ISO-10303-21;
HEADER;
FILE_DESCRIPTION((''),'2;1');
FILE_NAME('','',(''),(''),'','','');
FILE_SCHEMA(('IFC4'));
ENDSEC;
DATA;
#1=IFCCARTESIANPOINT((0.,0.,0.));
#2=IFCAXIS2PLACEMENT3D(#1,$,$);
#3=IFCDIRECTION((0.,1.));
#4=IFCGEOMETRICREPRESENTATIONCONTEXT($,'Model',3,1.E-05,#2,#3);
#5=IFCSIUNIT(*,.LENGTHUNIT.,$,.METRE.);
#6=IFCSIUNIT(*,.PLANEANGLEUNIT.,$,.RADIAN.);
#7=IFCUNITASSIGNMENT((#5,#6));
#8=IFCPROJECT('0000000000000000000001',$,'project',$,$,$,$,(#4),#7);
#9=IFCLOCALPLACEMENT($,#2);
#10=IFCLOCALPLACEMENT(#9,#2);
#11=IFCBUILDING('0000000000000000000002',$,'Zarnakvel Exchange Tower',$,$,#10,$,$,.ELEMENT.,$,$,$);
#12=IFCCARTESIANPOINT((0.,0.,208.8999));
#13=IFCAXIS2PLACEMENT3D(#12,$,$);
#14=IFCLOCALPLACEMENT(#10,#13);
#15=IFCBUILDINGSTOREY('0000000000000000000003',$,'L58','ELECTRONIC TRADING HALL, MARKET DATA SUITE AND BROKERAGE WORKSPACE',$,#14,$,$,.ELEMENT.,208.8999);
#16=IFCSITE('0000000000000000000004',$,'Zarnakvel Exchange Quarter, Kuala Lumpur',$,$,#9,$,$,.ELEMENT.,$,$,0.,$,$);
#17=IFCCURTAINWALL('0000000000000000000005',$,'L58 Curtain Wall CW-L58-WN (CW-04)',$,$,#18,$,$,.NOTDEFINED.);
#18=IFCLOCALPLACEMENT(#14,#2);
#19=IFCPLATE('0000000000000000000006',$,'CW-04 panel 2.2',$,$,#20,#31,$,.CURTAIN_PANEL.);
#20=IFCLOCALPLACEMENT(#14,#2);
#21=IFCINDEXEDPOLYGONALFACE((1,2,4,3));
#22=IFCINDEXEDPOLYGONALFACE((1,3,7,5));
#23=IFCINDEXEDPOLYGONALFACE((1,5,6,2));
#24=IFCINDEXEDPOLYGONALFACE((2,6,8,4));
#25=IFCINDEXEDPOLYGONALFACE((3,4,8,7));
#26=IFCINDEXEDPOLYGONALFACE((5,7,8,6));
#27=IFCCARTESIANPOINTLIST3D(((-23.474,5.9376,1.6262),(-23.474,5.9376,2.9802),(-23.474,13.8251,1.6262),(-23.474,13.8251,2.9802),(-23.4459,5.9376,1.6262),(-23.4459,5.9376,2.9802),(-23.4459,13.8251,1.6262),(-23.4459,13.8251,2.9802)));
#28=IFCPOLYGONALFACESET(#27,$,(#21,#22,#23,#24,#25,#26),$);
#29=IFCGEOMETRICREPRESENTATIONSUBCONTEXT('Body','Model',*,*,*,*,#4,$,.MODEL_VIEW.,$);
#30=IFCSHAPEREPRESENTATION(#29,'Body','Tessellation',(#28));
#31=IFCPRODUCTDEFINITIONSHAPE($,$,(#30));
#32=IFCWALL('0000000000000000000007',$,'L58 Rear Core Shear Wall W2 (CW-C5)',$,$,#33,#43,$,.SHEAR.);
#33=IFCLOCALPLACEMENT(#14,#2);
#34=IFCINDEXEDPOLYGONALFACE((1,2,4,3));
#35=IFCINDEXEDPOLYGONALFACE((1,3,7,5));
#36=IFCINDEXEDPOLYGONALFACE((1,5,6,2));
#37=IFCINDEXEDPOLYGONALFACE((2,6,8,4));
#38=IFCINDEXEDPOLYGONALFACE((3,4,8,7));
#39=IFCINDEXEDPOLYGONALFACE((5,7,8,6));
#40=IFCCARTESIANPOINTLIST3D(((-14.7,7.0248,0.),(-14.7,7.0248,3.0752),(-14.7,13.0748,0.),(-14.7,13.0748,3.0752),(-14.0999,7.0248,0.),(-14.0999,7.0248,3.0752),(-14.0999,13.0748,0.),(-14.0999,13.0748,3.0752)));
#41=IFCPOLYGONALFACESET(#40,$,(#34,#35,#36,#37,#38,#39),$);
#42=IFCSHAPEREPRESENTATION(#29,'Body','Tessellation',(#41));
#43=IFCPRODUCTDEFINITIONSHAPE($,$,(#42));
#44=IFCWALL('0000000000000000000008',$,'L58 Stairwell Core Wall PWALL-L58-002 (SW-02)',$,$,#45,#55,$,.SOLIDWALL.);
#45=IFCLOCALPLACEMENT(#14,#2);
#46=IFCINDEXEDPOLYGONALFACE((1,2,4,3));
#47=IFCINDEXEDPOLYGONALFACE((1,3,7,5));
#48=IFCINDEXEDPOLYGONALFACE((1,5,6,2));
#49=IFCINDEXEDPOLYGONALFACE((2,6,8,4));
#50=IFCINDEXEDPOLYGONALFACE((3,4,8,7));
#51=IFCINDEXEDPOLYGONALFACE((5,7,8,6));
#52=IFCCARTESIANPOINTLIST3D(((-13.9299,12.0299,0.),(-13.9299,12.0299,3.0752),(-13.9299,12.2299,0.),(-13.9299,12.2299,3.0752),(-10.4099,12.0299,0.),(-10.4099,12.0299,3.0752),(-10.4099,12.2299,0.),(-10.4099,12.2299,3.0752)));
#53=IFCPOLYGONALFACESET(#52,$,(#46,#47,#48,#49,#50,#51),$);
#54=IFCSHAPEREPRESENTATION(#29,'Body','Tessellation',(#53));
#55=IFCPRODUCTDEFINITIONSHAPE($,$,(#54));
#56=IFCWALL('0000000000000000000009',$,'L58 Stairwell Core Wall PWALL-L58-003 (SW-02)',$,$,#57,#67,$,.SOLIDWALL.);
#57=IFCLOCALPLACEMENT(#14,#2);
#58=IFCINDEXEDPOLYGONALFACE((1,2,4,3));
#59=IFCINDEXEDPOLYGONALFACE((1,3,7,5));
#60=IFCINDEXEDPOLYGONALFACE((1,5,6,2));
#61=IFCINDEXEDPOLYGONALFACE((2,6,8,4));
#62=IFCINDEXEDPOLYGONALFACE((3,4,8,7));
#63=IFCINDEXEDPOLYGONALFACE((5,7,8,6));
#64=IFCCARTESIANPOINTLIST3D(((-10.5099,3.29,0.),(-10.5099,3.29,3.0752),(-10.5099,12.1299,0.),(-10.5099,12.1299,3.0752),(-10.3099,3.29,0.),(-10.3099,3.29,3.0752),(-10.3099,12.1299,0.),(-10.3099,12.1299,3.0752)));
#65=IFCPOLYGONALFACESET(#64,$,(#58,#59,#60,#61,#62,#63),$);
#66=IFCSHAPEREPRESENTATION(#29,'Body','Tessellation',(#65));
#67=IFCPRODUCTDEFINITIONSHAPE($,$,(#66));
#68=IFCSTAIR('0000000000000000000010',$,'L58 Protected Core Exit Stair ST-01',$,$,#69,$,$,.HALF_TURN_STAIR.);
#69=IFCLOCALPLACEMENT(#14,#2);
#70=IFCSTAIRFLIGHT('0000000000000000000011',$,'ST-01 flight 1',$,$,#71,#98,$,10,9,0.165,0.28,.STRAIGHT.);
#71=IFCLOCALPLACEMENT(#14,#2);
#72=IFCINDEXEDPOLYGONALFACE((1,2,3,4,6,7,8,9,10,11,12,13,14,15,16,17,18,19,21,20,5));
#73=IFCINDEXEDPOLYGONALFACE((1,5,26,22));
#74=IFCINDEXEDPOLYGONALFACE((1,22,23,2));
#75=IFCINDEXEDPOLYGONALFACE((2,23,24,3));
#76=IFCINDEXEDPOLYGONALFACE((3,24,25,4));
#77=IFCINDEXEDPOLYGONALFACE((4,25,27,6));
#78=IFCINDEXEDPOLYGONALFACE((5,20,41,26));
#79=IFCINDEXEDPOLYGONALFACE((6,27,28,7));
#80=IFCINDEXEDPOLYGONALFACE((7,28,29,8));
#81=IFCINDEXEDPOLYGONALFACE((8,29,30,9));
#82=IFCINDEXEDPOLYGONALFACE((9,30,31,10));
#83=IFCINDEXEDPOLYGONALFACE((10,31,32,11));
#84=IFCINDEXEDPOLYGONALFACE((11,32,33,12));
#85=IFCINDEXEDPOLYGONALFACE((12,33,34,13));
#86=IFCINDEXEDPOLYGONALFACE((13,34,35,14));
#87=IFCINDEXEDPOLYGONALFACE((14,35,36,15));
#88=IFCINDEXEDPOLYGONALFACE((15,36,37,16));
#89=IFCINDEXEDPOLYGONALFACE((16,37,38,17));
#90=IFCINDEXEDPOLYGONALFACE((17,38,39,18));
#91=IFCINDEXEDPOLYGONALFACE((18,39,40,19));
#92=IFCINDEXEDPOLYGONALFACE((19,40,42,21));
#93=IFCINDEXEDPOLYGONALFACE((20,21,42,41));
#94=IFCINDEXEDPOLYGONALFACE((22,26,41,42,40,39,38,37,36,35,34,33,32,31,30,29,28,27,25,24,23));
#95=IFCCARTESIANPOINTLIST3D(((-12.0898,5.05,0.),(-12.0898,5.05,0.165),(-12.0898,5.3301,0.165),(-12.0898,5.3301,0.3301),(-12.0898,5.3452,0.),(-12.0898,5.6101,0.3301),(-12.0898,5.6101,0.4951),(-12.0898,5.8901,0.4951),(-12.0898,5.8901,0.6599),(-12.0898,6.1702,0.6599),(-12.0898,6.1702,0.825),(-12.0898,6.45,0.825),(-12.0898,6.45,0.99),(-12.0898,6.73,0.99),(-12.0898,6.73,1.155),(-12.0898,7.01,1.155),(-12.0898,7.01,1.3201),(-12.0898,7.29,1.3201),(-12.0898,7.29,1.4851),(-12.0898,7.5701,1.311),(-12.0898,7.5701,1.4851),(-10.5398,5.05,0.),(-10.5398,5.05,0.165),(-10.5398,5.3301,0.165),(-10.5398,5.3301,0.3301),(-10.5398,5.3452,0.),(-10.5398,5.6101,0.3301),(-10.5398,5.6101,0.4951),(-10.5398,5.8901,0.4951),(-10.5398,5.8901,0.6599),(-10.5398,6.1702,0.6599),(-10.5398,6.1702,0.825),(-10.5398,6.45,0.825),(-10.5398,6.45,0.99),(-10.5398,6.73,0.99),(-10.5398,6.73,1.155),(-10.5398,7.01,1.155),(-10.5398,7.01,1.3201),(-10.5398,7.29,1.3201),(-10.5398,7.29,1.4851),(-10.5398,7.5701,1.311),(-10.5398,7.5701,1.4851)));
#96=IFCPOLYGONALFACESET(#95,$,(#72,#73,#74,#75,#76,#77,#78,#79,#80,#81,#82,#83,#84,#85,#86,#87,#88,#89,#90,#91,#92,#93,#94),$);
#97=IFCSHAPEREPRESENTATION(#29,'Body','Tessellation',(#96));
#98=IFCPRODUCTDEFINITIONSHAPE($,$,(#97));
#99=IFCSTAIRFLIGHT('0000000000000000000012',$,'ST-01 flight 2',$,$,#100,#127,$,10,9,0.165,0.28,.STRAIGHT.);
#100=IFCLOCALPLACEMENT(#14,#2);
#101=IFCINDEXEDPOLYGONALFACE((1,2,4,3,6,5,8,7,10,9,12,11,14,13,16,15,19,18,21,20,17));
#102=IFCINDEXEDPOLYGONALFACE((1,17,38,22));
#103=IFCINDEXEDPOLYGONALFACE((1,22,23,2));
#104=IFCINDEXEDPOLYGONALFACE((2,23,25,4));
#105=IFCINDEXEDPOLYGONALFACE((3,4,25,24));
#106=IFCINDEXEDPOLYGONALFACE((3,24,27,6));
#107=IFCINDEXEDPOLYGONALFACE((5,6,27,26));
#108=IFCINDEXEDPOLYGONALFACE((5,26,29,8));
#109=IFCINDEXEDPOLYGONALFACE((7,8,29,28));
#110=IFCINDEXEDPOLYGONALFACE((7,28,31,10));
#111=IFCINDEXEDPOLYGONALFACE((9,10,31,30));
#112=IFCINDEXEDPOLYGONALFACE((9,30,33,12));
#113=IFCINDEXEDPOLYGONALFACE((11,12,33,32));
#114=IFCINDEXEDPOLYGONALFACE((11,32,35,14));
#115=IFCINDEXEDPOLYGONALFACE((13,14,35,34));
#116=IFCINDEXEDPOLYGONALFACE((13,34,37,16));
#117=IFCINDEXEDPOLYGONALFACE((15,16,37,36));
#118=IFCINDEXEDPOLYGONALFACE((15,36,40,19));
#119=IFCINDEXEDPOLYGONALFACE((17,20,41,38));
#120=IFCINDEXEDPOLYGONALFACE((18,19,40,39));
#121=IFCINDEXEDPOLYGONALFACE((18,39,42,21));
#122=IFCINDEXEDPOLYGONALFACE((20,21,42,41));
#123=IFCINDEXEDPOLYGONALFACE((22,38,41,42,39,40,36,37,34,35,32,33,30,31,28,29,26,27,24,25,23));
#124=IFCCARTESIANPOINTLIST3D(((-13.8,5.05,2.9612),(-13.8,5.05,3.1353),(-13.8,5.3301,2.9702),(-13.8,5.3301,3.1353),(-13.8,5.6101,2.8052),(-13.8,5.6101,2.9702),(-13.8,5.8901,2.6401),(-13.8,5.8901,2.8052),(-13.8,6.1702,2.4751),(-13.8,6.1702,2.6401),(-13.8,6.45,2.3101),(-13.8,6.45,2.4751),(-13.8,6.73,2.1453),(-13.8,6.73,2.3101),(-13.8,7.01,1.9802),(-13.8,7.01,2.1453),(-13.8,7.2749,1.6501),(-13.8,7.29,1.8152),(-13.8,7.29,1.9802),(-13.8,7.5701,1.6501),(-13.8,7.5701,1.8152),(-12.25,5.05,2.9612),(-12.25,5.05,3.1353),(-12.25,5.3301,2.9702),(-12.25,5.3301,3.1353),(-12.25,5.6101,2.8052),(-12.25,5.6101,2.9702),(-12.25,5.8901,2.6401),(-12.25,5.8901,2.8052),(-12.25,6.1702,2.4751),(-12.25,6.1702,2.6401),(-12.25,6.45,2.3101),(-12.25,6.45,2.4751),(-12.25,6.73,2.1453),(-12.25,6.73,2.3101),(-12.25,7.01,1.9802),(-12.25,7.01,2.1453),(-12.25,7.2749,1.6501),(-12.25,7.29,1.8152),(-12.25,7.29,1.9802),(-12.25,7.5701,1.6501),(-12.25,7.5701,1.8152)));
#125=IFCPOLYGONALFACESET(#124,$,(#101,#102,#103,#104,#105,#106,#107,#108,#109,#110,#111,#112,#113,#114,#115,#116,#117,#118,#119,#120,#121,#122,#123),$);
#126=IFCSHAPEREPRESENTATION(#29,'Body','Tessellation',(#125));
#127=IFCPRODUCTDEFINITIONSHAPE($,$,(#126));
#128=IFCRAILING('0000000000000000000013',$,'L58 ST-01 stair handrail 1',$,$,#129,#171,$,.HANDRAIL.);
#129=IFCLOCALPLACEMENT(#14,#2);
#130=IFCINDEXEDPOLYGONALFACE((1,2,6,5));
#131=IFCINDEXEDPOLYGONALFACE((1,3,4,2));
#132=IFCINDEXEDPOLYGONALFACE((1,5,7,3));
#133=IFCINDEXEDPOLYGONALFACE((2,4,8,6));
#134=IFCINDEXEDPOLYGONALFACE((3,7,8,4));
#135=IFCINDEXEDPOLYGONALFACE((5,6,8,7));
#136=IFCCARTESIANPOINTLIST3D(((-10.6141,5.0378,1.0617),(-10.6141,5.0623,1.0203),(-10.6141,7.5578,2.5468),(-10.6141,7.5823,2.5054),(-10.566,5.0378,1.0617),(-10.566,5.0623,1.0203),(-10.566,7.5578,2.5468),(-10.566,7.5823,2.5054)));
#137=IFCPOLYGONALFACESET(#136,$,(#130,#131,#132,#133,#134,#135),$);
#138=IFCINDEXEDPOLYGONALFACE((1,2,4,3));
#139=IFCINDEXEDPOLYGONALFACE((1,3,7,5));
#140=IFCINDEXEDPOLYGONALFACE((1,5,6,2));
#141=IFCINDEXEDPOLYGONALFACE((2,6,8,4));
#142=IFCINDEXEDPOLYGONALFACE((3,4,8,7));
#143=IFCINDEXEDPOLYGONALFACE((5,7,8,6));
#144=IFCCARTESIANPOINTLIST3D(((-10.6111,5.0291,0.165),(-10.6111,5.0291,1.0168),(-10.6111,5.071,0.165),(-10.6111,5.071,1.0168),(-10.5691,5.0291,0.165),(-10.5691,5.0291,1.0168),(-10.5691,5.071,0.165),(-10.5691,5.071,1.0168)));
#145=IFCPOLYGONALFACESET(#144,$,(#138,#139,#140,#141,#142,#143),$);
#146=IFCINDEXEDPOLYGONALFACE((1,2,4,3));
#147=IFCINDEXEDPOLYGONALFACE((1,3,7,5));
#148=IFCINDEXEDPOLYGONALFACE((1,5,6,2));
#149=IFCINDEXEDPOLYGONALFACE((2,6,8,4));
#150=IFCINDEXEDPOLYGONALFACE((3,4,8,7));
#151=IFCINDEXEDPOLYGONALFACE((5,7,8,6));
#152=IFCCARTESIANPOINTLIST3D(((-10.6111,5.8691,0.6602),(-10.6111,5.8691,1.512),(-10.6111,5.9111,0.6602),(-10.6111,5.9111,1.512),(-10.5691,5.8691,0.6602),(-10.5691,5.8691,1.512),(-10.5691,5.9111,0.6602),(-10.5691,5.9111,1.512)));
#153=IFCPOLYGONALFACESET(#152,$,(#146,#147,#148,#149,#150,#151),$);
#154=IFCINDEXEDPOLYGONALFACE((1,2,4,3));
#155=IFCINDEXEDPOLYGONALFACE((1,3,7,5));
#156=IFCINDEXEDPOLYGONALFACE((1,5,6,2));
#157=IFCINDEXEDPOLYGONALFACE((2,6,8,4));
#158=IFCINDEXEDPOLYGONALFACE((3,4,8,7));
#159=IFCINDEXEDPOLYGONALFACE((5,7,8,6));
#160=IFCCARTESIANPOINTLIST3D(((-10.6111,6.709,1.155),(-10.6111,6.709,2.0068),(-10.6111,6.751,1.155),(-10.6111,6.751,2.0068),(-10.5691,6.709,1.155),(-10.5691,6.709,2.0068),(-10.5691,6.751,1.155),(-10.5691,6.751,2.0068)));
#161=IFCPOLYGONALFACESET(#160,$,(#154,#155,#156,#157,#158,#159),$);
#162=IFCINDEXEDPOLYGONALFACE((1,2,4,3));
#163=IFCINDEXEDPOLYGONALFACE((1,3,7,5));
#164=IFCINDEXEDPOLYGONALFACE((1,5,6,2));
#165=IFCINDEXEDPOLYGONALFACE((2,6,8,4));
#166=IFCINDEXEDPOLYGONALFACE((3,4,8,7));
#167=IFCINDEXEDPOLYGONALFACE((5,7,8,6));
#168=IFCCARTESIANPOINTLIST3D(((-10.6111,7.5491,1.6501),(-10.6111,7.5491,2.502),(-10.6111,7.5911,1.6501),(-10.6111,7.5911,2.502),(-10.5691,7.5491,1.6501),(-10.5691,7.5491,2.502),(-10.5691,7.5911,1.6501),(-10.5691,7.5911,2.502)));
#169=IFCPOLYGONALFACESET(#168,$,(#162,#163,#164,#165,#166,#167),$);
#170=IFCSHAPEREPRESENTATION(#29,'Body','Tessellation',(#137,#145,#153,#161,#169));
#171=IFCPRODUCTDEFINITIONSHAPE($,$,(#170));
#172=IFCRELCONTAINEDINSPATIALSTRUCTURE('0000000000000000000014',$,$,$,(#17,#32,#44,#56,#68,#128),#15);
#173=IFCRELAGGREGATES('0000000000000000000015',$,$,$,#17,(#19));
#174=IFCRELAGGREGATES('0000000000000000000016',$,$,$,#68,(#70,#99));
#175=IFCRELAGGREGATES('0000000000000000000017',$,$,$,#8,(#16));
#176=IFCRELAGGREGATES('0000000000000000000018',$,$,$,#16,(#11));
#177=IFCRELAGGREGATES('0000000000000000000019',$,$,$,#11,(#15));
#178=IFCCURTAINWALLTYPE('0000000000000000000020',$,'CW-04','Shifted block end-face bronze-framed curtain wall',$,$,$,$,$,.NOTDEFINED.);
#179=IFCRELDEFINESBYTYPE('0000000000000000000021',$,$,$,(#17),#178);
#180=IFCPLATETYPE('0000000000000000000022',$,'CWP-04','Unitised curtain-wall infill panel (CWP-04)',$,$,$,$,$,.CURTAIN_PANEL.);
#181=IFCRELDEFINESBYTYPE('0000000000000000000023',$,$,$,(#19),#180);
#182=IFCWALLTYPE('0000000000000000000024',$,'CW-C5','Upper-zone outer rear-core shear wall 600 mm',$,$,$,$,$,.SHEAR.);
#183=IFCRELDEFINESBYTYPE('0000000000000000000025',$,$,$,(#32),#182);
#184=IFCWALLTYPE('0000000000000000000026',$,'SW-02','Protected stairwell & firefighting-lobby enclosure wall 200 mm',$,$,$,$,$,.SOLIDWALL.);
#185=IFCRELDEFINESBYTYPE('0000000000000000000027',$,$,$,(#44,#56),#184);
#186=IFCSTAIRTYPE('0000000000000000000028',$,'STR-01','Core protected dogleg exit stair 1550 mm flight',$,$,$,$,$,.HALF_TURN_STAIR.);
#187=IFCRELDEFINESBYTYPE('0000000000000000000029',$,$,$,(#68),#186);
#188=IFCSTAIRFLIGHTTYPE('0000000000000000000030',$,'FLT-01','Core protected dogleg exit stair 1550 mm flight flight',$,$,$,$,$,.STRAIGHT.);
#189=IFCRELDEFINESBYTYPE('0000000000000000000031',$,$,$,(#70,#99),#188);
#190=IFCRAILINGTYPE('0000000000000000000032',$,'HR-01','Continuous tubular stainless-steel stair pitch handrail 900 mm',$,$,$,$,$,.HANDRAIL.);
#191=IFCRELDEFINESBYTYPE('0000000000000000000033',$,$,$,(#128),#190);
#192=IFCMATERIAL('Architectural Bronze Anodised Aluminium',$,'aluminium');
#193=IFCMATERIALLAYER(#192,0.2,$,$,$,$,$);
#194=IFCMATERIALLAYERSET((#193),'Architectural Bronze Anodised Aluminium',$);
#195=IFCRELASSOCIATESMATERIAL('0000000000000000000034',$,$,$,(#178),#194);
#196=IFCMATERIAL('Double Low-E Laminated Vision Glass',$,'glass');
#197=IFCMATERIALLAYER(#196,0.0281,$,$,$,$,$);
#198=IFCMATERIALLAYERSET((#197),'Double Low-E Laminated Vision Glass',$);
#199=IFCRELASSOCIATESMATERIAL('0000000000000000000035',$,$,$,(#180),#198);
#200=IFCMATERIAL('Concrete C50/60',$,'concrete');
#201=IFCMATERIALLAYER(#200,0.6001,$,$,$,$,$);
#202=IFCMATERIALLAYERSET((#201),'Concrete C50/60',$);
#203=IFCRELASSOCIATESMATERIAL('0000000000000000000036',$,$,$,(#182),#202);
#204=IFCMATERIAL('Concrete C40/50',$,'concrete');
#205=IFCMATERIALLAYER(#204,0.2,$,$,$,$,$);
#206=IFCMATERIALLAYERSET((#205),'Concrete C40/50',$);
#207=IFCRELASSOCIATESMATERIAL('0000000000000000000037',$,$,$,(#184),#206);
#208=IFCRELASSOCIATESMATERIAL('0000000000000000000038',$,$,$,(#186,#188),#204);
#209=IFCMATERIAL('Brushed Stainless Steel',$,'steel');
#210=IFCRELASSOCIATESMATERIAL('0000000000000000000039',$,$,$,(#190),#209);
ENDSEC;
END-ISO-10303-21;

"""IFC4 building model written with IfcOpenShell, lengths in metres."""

from ifc_helpers import new_model, si_unit, direction, frame, frame_2d, origin, origin_2d, place, context, subcontext, project, spatial, polyline, rectangle, outline, extrude, source, transform, mapped, material, layer, layer_set, type_object, element, aggregate, save


model = new_model("IFC4")

# Units and contexts
model_context = context("Model", 3, precision=1e-05, world=origin(), true_north=direction((0.0, 1.0)))
body_context = subcontext(model_context, "Body", "Model", "MODEL_VIEW")
ifc_project = project(units=[si_unit("LENGTHUNIT", "METRE"), si_unit("PLANEANGLEUNIT", "RADIAN")], contexts=[model_context])

# Site, building, storey
site_placement = place(None, origin())
site = spatial("IfcSite", under=ifc_project, at=site_placement, Name="Zarnakvel Exchange Quarter, Kuala Lumpur", CompositionType="ELEMENT", RefElevation=0.0)
building_placement = place(site_placement, origin())
building = spatial("IfcBuilding", under=site, at=building_placement, Name="Zarnakvel Exchange Tower", CompositionType="ELEMENT")
storey_placement = place(building_placement, frame((0.0, 0.0, 208.8999)))
storey = spatial("IfcBuildingStorey", under=building, at=storey_placement, Name="L58", Description="ELECTRONIC TRADING HALL, MARKET DATA SUITE AND BROKERAGE WORKSPACE", CompositionType="ELEMENT", Elevation=208.8999)

# Shared definitions
ifc_material_1 = material(Name="Concrete C50/60", Category="concrete")

# Curtain wall, plate
ifc_material_2 = material(Name="Architectural Bronze Anodised Aluminium", Category="aluminium")
ifc_layer_1 = layer(ifc_material_2, 0.2)
ifc_layer_set_1 = layer_set([ifc_layer_1], Name="Architectural Bronze Anodised Aluminium")
curtain_wall_type = type_object("IfcCurtainWallType", Name="CW-04", Description="Shifted block end-face bronze-framed curtain wall", PredefinedType="NOTDEFINED", material=ifc_layer_set_1)
curtain_wall_placement = place(storey_placement, origin())
curtain_wall = element("IfcCurtainWall", 1, at=curtain_wall_placement, inside=storey, type_object=curtain_wall_type, Name="L58 Curtain Wall CW-L58-WN (CW-04)", PredefinedType="NOTDEFINED")
ifc_material_3 = material(Name="Double Low-E Laminated Vision Glass", Category="glass")
ifc_layer_2 = layer(ifc_material_3, 0.0281)
ifc_layer_set_2 = layer_set([ifc_layer_2], Name="Double Low-E Laminated Vision Glass")
plate_type = type_object("IfcPlateType", Name="CWP-04", Description="Unitised curtain-wall infill panel (CWP-04)", PredefinedType="CURTAIN_PANEL", material=ifc_layer_set_2)
shared_shape_1 = source(origin(), body_context, "Body", "SweptSolid", [
    extrude(rectangle(XDim=7.8875, YDim=0.0281, at=origin_2d()), origin(), (0.0, 0.0, 1.0), 1.354),
])
plate_1_placement = place(storey_placement, frame((-23.46, 9.8813, 1.6262), z_axis=(0.0, 0.0, 1.0), x_axis=(0.0, 1.0, 0.0)))
plate_1 = element("IfcPlate", 2, at=plate_1_placement, type_object=plate_type, Name="CW-04 panel 2.2", PredefinedType="CURTAIN_PANEL", context=body_context, shape_type="MappedRepresentation", body=[
    mapped(shared_shape_1, transform((0.0, 0.0, 0.0), x_axis=(1.0, 0.0, 0.0), y_axis=(0.0, 1.0, 0.0), z_axis=(0.0, 0.0, 1.0), scale=1.0)),
])
aggregate(curtain_wall, [plate_1])

# Wall
ifc_layer_3 = layer(ifc_material_1, 0.6001)
ifc_layer_set_3 = layer_set([ifc_layer_3], Name="Concrete C50/60")
wall_type_1 = type_object("IfcWallType", Name="CW-C5", Description="Upper-zone outer rear-core shear wall 600 mm", PredefinedType="SHEAR", material=ifc_layer_set_3)
wall_1_placement = place(storey_placement, frame((-14.3999, 7.0249, 0.0), z_axis=(0.0, 0.0, 1.0), x_axis=(0.0, 1.0, 0.0)))
element("IfcWall", 3, at=wall_1_placement, inside=storey, type_object=wall_type_1, Name="L58 Rear Core Shear Wall W2 (CW-C5)", PredefinedType="SHEAR", context=body_context, shape_type="SweptSolid", body=[
    extrude(rectangle(XDim=6.05, YDim=0.6001, at=frame_2d((3.0249, 0.0))), origin(), (0.0, 0.0, 1.0), 3.0752),
])

# Shared definitions
ifc_material_4 = material(Name="Concrete C40/50", Category="concrete")
ifc_layer_4 = layer(ifc_material_4, 0.2)
ifc_layer_set_4 = layer_set([ifc_layer_4], Name="Concrete C40/50")
wall_type_2 = type_object("IfcWallType", Name="SW-02", Description="Protected stairwell & firefighting-lobby enclosure wall 200 mm", PredefinedType="SOLIDWALL", material=ifc_layer_set_4)

# Walls
wall_2_placement = place(storey_placement, frame((-13.9299, 12.1299, 0.0), z_axis=(0.0, 0.0, 1.0), x_axis=(1.0, 0.0, 0.0)))
element("IfcWall", 4, at=wall_2_placement, inside=storey, type_object=wall_type_2, Name="L58 Stairwell Core Wall PWALL-L58-002 (SW-02)", PredefinedType="SOLIDWALL", context=body_context, shape_type="SweptSolid", body=[
    extrude(rectangle(XDim=3.52, YDim=0.2, at=frame_2d((1.76, 0.0))), origin(), (0.0, 0.0, 1.0), 3.0752),
])
wall_3_placement = place(storey_placement, frame((-10.4099, 12.1299, 0.0), z_axis=(0.0, 0.0, 1.0), x_axis=(0.0, -1.0, 0.0)))
element("IfcWall", 5, at=wall_3_placement, inside=storey, type_object=wall_type_2, Name="L58 Stairwell Core Wall PWALL-L58-003 (SW-02)", PredefinedType="SOLIDWALL", context=body_context, shape_type="SweptSolid", body=[
    extrude(rectangle(XDim=8.8398, YDim=0.2, at=frame_2d((4.4199, 0.0))), origin(), (0.0, 0.0, 1.0), 3.0752),
])

# Stair, stair flights
stair_type = type_object("IfcStairType", Name="STR-01", Description="Core protected dogleg exit stair 1550 mm flight", PredefinedType="HALF_TURN_STAIR", material=ifc_material_4)
stair_placement = place(storey_placement, origin())
stair = element("IfcStair", 6, at=stair_placement, inside=storey, type_object=stair_type, Name="L58 Protected Core Exit Stair ST-01", PredefinedType="HALF_TURN_STAIR")
stair_flight_type = type_object("IfcStairFlightType", Name="FLT-01", Description="Core protected dogleg exit stair 1550 mm flight flight", PredefinedType="STRAIGHT", material=ifc_material_4)
stair_flight_1_placement = place(storey_placement, frame((-11.3149, 5.05, 0.0), z_axis=(0.0, 0.0, 1.0), x_axis=(0.0, 1.0, 0.0)))
stair_flight_1 = element("IfcStairFlight", 7, at=stair_flight_1_placement, type_object=stair_flight_type, Name="ST-01 flight 1", NumberOfRisers=10, NumberOfTreads=9, PredefinedType="STRAIGHT", RiserHeight=0.165, TreadLength=0.28, context=body_context, shape_type="SweptSolid", body=[
    extrude(outline(polyline([(0.0, 0.0), (0.0, 0.165), (0.28, 0.165), (0.28, 0.3301), (0.5601, 0.3301), (0.5601, 0.4951), (0.8401, 0.4951), (0.8401, 0.6599), (1.1201, 0.6599), (1.1201, 0.825), (1.3999, 0.825), (1.3999, 0.99), (1.6799, 0.99), (1.6799, 1.155), (1.96, 1.155), (1.96, 1.3201), (2.24, 1.3201), (2.24, 1.4851), (2.52, 1.4851), (2.52, 1.6499), (2.52, 1.311), (0.2952, 0.0), (0.0, 0.0)])), frame((0.0, 0.7749, 0.0), z_axis=(0.0, -1.0, 0.0), x_axis=(1.0, 0.0, 0.0)), (0.0, 0.0, 1.0), 1.55),
])
stair_flight_2_placement = place(storey_placement, frame((-13.0249, 7.5701, 1.6501), z_axis=(0.0, 0.0, 1.0), x_axis=(0.0, -1.0, 0.0)))
stair_flight_2 = element("IfcStairFlight", 8, at=stair_flight_2_placement, type_object=stair_flight_type, Name="ST-01 flight 2", NumberOfRisers=10, NumberOfTreads=9, PredefinedType="STRAIGHT", RiserHeight=0.165, TreadLength=0.28, context=body_context, shape_type="SweptSolid", body=[
    extrude(outline(polyline([(0.0, 0.0), (0.0, 0.165), (0.28, 0.165), (0.28, 0.3301), (0.5601, 0.3301), (0.5601, 0.4951), (0.8401, 0.4951), (0.8401, 0.6599), (1.1201, 0.6599), (1.1201, 0.825), (1.3999, 0.825), (1.3999, 0.99), (1.6799, 0.99), (1.6799, 1.155), (1.96, 1.155), (1.96, 1.3201), (2.24, 1.3201), (2.24, 1.4851), (2.52, 1.4851), (2.52, 1.6499), (2.52, 1.311), (0.2952, 0.0), (0.0, 0.0)])), frame((0.0, 0.7749, 0.0), z_axis=(0.0, -1.0, 0.0), x_axis=(1.0, 0.0, 0.0)), (0.0, 0.0, 1.0), 1.55),
])
aggregate(stair, [stair_flight_1, stair_flight_2])

# Railing
ifc_material_5 = material(Name="Brushed Stainless Steel", Category="steel")
railing_type_1 = type_object("IfcRailingType", Name="HR-01", Description="Continuous tubular stainless-steel stair pitch handrail 900 mm", PredefinedType="HANDRAIL", material=ifc_material_5)
railing_1_placement = place(storey_placement, frame((-10.5901, 5.05, 0.165)))
element("IfcRailing", 9, at=railing_1_placement, inside=storey, type_object=railing_type_1, Name="L58 ST-01 stair handrail 1", PredefinedType="HANDRAIL", context=body_context, shape_type="SweptSolid", body=[
    extrude(rectangle(XDim=0.0481, YDim=0.0481, at=origin_2d()), frame((0.0, 0.0, 0.876), z_axis=(0.0, 0.861524, 0.507717), x_axis=(-1.0, 0.0, 0.0)), (0.0, 0.0, 1.0), 2.925),
    extrude(rectangle(XDim=0.042, YDim=0.042, at=origin_2d()), origin(), (0.0, 0.0, 1.0), 0.8518),
    extrude(rectangle(XDim=0.042, YDim=0.042, at=origin_2d()), frame((0.0, 0.8401, 0.4951)), (0.0, 0.0, 1.0), 0.8518),
    extrude(rectangle(XDim=0.042, YDim=0.042, at=origin_2d()), frame((0.0, 1.6799, 0.99)), (0.0, 0.0, 1.0), 0.8518),
    extrude(rectangle(XDim=0.042, YDim=0.042, at=origin_2d()), frame((0.0, 2.52, 1.4851)), (0.0, 0.0, 1.0), 0.8518),
])

save(model, "model.ifc")
